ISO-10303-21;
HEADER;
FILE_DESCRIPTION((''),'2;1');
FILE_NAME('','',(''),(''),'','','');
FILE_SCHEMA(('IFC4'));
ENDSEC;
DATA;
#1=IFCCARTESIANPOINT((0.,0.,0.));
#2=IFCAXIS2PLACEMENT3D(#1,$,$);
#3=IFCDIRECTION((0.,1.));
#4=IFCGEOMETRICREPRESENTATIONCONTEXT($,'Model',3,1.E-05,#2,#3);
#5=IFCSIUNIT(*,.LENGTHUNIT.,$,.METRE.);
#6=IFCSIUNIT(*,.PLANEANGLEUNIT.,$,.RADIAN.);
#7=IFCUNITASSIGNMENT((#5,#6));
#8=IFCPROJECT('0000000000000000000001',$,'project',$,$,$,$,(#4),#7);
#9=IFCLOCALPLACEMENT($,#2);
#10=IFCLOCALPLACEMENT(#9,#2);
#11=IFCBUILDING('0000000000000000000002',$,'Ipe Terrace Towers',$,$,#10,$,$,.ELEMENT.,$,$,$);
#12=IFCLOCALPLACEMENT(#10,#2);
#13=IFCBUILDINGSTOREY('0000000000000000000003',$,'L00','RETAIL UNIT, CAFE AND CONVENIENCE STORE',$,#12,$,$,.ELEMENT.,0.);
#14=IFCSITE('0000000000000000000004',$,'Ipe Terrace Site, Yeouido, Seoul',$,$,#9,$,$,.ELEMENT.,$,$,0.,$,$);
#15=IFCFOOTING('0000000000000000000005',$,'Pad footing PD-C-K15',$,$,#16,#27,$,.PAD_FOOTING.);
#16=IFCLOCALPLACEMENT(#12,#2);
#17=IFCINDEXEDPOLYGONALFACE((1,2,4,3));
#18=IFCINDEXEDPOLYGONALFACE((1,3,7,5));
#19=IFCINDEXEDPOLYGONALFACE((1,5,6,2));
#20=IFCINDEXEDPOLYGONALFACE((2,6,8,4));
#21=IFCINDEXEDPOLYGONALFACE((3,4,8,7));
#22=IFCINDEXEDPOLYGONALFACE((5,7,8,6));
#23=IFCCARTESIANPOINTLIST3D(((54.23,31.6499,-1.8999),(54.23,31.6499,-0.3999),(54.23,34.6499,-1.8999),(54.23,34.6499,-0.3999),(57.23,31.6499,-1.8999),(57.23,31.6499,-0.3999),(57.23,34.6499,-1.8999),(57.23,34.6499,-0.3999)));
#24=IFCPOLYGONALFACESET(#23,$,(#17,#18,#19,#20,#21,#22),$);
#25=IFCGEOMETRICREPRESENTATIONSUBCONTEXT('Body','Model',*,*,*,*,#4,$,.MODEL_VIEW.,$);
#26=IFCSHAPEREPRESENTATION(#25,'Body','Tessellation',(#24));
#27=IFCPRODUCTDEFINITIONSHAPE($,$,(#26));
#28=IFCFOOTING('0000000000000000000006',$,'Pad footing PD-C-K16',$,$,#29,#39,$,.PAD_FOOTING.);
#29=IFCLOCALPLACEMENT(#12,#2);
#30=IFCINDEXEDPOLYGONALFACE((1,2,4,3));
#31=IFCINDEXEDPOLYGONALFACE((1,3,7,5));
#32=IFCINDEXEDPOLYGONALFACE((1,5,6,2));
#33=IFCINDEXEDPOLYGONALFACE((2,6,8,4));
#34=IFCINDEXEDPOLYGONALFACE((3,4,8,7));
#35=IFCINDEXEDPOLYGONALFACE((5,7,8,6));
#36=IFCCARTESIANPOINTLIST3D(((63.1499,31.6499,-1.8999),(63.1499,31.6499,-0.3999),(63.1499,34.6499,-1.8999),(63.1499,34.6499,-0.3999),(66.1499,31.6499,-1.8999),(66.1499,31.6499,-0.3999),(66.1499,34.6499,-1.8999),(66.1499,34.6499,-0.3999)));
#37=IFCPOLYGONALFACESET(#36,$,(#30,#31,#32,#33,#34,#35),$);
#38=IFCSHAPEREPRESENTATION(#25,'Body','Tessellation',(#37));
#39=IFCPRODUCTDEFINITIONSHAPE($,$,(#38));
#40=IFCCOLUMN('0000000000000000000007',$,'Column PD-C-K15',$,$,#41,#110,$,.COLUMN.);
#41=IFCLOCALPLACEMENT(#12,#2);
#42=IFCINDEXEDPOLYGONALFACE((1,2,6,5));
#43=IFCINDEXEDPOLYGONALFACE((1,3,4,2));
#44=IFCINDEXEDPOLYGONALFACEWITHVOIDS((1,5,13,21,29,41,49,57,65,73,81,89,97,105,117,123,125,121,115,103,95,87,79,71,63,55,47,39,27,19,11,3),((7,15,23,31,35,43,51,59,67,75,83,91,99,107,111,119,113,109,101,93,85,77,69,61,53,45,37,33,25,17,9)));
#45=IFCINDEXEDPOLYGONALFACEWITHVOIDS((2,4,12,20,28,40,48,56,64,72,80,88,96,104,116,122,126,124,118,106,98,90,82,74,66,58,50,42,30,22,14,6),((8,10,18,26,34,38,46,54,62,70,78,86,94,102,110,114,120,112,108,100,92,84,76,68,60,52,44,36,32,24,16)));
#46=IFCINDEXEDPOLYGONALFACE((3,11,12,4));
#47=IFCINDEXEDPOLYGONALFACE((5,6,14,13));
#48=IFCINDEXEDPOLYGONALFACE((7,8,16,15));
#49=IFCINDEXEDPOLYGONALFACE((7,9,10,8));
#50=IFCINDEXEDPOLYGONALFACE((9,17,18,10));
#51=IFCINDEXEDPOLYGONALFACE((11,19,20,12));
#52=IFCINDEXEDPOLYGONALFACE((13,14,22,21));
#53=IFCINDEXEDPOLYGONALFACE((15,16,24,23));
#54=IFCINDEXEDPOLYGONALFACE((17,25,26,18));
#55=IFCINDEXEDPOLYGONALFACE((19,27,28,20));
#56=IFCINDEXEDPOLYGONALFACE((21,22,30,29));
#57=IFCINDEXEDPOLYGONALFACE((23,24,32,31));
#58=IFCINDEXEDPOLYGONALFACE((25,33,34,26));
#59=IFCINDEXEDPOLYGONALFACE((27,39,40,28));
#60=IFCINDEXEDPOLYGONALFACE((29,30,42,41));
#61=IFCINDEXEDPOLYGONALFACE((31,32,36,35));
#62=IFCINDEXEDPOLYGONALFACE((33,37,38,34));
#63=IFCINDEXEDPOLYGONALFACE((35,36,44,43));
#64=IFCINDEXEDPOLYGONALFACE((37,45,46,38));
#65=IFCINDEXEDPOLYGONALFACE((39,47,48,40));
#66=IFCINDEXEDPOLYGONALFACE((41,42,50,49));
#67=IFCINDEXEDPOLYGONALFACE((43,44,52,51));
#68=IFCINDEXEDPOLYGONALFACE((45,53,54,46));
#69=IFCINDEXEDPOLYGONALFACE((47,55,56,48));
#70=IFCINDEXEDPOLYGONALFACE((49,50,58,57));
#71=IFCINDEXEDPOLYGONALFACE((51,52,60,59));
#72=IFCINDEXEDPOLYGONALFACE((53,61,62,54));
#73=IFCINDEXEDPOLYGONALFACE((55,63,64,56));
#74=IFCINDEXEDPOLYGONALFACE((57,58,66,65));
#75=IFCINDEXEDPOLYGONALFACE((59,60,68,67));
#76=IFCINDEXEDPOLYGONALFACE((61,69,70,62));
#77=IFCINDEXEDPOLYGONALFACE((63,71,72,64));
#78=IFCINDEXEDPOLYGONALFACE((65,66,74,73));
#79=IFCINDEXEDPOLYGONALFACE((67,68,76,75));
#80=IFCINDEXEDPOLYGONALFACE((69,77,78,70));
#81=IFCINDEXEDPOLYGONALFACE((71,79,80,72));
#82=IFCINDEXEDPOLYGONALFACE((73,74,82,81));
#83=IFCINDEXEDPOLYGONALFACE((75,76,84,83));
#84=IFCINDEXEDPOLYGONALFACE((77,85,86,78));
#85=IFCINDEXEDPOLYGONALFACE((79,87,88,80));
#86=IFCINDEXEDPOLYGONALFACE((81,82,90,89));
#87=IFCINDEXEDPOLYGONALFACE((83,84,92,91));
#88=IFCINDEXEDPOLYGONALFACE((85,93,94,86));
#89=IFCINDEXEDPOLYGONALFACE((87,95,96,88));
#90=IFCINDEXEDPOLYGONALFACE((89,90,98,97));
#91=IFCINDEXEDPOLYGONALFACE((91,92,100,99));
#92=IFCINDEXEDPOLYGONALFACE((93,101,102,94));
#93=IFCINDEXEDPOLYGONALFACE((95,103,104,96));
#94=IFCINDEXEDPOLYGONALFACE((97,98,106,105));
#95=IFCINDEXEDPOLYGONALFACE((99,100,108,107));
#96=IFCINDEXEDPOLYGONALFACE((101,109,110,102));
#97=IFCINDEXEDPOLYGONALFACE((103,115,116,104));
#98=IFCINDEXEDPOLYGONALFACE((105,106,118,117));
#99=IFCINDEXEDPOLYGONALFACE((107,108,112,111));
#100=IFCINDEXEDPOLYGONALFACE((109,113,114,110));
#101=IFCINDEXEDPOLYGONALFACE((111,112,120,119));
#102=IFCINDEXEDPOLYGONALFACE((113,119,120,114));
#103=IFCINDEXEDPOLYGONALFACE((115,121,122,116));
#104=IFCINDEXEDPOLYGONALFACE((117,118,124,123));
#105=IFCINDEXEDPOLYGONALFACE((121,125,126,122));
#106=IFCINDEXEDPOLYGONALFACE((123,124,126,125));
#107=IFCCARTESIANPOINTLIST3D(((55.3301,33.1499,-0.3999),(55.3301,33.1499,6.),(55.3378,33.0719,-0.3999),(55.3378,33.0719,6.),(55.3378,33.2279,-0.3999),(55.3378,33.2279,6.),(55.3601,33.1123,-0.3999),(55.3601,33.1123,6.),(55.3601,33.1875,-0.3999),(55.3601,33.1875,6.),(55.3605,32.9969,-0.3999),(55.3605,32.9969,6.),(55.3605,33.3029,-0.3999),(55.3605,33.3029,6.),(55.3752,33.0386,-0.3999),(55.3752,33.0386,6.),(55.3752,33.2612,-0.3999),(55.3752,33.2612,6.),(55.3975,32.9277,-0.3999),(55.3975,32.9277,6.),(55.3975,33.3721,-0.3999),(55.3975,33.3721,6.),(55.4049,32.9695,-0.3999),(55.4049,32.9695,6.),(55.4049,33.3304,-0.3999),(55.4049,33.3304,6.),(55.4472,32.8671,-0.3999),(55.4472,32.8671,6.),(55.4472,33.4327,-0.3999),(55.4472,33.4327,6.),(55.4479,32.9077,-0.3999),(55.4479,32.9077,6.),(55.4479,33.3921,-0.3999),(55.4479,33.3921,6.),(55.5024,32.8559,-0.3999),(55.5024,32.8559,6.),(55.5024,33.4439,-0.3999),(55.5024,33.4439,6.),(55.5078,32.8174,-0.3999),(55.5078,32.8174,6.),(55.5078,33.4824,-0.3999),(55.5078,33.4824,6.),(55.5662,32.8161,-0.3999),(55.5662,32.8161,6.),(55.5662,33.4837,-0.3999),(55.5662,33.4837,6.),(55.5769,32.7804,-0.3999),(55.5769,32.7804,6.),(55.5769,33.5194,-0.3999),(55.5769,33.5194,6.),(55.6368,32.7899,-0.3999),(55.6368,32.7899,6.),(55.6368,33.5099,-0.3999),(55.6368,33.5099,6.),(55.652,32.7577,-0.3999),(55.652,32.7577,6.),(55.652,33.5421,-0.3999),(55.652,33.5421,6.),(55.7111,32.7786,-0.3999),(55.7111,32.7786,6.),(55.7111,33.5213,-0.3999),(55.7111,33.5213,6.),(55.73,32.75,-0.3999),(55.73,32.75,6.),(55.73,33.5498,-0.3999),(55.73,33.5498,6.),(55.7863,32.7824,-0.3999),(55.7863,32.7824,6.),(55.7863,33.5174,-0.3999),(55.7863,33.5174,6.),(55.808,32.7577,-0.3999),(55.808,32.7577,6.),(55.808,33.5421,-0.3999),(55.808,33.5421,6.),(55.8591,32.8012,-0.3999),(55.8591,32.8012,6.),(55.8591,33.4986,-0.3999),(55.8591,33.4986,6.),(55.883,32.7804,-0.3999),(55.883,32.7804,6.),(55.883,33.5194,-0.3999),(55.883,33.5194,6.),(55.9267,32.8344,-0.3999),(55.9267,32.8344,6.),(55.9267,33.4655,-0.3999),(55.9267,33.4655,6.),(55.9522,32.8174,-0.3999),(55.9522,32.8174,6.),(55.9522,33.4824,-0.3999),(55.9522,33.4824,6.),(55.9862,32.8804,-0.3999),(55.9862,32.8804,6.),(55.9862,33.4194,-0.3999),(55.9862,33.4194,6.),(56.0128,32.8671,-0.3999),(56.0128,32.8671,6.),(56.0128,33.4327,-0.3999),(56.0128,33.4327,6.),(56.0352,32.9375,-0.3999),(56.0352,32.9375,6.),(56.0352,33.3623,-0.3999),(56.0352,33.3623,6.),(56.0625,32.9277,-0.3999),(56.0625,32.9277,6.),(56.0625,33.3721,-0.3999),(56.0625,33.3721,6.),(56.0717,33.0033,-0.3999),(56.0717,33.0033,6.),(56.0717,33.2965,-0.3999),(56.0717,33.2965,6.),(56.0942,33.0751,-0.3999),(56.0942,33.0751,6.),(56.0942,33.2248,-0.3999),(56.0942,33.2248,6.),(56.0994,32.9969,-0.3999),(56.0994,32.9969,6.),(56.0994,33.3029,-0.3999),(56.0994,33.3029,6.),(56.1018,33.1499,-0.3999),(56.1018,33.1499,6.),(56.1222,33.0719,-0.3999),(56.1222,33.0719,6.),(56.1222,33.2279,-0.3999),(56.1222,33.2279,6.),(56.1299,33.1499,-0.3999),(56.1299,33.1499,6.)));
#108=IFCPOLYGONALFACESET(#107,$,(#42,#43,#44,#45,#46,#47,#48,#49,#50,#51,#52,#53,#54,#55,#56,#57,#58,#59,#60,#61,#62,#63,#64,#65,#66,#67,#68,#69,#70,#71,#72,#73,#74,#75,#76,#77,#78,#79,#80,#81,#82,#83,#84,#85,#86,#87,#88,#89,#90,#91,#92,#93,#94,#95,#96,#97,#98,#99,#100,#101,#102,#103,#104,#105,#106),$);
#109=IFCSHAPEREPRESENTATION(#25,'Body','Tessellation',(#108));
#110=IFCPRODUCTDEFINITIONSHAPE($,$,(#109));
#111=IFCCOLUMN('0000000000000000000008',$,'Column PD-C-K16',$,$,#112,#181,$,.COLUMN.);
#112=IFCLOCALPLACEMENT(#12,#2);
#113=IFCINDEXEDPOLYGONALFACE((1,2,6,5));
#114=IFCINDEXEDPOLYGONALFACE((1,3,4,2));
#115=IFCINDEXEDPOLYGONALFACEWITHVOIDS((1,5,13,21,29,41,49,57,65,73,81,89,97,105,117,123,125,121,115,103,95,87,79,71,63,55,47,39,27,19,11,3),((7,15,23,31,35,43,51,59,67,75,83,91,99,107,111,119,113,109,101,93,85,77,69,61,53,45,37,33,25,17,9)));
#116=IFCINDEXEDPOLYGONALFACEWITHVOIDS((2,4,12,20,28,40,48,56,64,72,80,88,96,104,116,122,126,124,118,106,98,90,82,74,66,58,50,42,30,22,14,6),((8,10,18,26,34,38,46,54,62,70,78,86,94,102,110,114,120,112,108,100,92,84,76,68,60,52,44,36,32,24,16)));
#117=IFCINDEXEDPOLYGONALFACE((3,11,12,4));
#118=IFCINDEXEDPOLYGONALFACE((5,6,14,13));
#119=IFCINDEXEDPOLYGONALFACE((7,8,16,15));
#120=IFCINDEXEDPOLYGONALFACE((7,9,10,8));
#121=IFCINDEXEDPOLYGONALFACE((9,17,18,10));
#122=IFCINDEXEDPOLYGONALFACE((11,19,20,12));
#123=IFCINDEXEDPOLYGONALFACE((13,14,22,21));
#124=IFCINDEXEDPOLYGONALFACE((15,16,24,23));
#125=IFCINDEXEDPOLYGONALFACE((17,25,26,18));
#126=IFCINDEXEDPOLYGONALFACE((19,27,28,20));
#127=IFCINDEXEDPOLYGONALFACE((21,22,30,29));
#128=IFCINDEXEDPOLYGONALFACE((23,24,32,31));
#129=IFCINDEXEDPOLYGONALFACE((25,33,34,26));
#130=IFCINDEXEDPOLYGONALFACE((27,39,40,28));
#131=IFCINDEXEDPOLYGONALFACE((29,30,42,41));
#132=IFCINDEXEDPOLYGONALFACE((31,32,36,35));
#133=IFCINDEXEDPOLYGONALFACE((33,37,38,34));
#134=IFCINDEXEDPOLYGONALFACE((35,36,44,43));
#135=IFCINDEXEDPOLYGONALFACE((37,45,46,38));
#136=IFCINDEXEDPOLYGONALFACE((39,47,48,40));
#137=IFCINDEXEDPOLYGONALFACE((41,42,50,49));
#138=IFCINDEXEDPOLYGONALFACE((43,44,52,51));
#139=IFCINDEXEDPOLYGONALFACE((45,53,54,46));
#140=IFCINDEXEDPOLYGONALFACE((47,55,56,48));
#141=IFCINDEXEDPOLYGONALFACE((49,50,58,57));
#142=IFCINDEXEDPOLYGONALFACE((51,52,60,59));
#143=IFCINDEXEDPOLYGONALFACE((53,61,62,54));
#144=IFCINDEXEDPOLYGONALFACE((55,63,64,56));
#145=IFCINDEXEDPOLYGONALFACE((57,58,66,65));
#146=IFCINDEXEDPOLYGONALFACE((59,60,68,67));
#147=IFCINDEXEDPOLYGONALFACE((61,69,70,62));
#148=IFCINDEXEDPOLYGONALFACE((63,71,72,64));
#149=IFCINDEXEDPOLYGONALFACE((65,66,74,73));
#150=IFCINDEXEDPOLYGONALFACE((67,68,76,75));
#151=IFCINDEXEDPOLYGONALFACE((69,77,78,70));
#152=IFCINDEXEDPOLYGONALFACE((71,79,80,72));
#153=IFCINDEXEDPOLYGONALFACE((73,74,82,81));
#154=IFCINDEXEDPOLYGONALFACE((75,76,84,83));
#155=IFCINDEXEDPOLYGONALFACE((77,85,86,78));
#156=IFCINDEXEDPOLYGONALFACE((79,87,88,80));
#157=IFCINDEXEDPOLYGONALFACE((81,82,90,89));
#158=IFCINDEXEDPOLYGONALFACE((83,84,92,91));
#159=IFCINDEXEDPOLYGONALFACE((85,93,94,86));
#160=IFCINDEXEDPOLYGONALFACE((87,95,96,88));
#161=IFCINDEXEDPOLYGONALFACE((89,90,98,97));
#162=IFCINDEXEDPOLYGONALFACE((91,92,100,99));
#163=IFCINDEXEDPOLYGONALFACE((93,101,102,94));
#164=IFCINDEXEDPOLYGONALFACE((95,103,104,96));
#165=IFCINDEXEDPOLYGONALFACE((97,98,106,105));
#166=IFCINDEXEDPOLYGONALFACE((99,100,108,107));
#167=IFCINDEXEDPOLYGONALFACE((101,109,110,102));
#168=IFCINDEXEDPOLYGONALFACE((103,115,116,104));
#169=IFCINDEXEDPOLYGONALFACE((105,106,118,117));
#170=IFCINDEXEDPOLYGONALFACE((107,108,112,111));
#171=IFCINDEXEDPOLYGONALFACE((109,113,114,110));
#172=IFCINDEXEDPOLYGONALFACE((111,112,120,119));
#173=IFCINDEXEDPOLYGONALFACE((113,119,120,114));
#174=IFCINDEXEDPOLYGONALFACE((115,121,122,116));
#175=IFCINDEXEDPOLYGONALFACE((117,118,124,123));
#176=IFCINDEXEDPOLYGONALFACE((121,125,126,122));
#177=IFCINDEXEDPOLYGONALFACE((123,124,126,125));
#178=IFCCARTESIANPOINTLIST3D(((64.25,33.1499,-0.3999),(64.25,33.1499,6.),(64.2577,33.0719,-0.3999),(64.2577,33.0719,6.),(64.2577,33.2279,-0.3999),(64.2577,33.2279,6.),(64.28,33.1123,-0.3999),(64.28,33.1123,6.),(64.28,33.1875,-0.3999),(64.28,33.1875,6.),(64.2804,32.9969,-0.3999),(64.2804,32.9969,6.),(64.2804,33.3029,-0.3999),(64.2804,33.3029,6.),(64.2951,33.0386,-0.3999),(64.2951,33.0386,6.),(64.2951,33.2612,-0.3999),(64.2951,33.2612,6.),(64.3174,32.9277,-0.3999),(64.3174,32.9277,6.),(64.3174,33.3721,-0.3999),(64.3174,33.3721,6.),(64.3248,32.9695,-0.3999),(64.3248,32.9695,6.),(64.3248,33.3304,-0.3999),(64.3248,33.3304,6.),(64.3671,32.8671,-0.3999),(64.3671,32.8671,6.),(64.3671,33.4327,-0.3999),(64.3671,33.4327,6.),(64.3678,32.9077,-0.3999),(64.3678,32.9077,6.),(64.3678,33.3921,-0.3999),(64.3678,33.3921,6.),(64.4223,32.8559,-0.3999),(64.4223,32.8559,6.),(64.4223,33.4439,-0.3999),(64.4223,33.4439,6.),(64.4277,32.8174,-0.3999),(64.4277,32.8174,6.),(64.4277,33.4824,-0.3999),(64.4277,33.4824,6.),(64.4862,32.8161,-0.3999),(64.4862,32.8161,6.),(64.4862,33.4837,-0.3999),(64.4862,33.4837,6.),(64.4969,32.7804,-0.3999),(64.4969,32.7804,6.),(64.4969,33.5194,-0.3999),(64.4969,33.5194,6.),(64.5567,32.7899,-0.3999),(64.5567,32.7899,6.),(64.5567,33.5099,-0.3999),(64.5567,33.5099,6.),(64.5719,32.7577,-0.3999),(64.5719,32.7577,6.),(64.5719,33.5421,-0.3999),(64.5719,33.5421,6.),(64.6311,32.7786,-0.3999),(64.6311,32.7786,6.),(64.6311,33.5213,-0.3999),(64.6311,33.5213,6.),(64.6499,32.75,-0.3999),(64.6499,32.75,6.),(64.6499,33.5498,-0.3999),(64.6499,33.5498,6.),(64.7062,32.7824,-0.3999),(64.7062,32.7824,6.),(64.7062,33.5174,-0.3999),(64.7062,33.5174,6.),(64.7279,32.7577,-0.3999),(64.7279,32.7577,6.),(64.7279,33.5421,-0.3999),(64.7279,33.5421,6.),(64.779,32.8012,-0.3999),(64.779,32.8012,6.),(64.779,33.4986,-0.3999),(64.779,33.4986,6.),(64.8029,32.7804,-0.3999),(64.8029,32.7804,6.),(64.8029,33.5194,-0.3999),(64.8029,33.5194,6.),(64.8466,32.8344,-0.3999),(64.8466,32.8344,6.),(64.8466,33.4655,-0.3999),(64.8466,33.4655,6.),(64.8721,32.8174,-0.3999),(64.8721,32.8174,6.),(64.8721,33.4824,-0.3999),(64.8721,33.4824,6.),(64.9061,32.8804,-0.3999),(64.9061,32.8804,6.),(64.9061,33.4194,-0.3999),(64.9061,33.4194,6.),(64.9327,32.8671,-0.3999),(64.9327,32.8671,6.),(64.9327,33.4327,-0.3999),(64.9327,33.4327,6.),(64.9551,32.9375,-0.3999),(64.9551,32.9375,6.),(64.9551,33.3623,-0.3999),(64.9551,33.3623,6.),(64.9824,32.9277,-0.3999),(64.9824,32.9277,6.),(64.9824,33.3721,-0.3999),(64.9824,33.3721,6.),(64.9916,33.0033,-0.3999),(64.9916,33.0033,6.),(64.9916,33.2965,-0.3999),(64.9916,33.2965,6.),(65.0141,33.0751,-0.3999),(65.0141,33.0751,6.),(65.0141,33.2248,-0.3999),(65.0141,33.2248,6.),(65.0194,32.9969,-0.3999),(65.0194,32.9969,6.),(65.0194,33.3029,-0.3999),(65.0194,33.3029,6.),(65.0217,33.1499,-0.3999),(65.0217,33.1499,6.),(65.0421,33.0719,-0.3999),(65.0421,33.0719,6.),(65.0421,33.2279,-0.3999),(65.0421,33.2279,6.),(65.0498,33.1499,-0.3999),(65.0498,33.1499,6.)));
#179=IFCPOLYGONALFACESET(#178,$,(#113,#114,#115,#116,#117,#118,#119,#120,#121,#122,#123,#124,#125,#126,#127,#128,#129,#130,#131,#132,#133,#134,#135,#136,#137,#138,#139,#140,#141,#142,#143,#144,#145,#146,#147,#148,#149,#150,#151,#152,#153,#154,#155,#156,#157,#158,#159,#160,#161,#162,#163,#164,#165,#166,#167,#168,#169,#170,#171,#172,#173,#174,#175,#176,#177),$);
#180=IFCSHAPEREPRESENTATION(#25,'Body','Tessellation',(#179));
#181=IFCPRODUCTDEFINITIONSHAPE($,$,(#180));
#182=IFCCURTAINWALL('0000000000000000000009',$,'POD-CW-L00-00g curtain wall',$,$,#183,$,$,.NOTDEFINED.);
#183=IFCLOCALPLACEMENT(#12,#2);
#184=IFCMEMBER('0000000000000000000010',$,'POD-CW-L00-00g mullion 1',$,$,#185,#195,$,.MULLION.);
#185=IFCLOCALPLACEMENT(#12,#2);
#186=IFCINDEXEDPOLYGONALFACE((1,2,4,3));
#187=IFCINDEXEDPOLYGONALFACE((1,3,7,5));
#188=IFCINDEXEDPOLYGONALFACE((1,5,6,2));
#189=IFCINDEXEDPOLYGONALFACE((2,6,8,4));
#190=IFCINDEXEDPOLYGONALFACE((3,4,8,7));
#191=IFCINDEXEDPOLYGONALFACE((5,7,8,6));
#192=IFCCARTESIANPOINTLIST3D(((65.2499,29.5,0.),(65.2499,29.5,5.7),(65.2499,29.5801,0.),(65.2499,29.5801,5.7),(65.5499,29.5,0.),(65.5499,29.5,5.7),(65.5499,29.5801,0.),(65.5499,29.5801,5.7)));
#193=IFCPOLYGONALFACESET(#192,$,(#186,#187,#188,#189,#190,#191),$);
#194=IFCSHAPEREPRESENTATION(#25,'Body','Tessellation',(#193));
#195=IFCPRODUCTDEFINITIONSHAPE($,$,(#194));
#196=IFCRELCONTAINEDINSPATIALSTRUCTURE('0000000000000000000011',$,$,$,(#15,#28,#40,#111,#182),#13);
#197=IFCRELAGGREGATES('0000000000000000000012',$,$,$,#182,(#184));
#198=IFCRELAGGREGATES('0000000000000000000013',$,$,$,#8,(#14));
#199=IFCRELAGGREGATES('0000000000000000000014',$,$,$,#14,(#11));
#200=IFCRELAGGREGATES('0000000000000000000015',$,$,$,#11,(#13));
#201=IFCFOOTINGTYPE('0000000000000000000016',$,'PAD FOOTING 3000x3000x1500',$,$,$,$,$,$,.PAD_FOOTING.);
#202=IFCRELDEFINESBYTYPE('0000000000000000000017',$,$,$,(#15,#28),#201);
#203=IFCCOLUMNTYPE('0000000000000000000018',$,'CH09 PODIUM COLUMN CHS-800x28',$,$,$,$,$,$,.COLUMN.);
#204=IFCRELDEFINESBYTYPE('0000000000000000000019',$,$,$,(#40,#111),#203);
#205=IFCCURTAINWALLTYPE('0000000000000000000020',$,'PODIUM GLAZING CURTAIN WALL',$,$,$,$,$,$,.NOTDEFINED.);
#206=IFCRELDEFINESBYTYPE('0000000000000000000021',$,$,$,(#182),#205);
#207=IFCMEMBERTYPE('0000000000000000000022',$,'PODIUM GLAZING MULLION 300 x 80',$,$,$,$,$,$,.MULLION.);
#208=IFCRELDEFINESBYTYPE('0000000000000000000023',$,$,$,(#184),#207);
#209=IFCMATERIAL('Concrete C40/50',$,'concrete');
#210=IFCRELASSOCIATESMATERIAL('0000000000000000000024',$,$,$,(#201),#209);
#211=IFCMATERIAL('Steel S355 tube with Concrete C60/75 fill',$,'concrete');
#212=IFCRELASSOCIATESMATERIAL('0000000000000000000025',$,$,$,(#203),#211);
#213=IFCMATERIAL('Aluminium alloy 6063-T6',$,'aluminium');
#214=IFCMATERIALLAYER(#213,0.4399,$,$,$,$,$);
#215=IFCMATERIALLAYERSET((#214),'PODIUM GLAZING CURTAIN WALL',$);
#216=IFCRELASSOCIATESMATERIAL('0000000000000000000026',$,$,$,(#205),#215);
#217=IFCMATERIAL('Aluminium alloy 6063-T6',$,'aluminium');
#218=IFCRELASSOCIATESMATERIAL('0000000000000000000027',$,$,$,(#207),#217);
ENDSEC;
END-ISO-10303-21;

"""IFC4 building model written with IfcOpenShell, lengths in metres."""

from ifc_helpers import new_model, si_unit, direction, frame, origin, origin_2d, place, context, subcontext, project, spatial, rectangle, hollow_circle, extrude, material, layer, layer_set, material_profile, profile_set, type_object, element, aggregate, save


model = new_model("IFC4")

# Units and contexts
model_context = context("Model", 3, precision=1e-05, world=origin(), true_north=direction((0.0, 1.0)))
body_context = subcontext(model_context, "Body", "Model", "MODEL_VIEW")
ifc_project = project(units=[si_unit("LENGTHUNIT", "METRE"), si_unit("PLANEANGLEUNIT", "RADIAN")], contexts=[model_context])

# Site, building, storey
site_placement = place(None, origin())
site = spatial("IfcSite", under=ifc_project, at=site_placement, Name="Ipe Terrace Site, Yeouido, Seoul", CompositionType="ELEMENT", RefElevation=0.0)
building_placement = place(site_placement, origin())
building = spatial("IfcBuilding", under=site, at=building_placement, Name="Ipe Terrace Towers", CompositionType="ELEMENT")
storey_placement = place(building_placement, origin())
storey = spatial("IfcBuildingStorey", under=building, at=storey_placement, Name="L00", Description="RETAIL UNIT, CAFE AND CONVENIENCE STORE", CompositionType="ELEMENT", Elevation=0.0)

# Footings
ifc_material_1 = material(Name="Concrete C40/50", Category="concrete")
footing_type = type_object("IfcFootingType", Name="PAD FOOTING 3000x3000x1500", PredefinedType="PAD_FOOTING", material=ifc_material_1)
for number, where, z_axis, x_axis, name in (
    (1, (55.73, 33.1499, -1.8999), (0.0, 0.0, 1.0), (1.0, 0.0, 0.0), "Pad footing PD-C-K15"),
    (2, (64.6499, 33.1499, -1.8999), (0.0, 0.0, 1.0), (1.0, 0.0, 0.0), "Pad footing PD-C-K16"),
):
    element("IfcFooting", number, at=place(storey_placement, frame(where, z_axis=z_axis, x_axis=x_axis)), inside=storey, type_object=footing_type, Name=name, PredefinedType="PAD_FOOTING", context=body_context, shape_type="SweptSolid", body=[
        extrude(rectangle(XDim=3.0, YDim=3.0, at=origin_2d()), origin(), (0.0, 0.0, 1.0), 1.5),
    ])

# Columns
ifc_material_2 = material(Name="Steel S355 tube with Concrete C60/75 fill", Category="concrete")
ifc_material_profile_1 = material_profile(ifc_material_2, hollow_circle(Radius=0.3999, WallThickness=0.0281, at=origin_2d()), Name="CHS-800x28")
ifc_profile_set_1 = profile_set([ifc_material_profile_1], Name="Steel S355 tube with Concrete C60/75 fill")
column_type = type_object("IfcColumnType", Name="CH09 PODIUM COLUMN CHS-800x28", PredefinedType="COLUMN", material=ifc_profile_set_1)
for number, where, z_axis, x_axis, name in (
    (3, (55.73, 33.1499, -0.3999), (0.0, 0.0, 1.0), (1.0, 0.0, 0.0), "Column PD-C-K15"),
    (4, (64.6499, 33.1499, -0.3999), (0.0, 0.0, 1.0), (1.0, 0.0, 0.0), "Column PD-C-K16"),
):
    element("IfcColumn", number, at=place(storey_placement, frame(where, z_axis=z_axis, x_axis=x_axis)), inside=storey, type_object=column_type, Name=name, PredefinedType="COLUMN", context=body_context, shape_type="SweptSolid", body=[
        extrude(hollow_circle(Radius=0.3999, WallThickness=0.0281, at=origin_2d()), origin(), (0.0, 0.0, 1.0), 6.3999),
    ])

# Curtain wall, member
ifc_material_3 = material(Name="Aluminium alloy 6063-T6", Category="aluminium")
ifc_layer_1 = layer(ifc_material_3, 0.4399)
ifc_layer_set_1 = layer_set([ifc_layer_1], Name="PODIUM GLAZING CURTAIN WALL")
curtain_wall_type = type_object("IfcCurtainWallType", Name="PODIUM GLAZING CURTAIN WALL", PredefinedType="NOTDEFINED", material=ifc_layer_set_1)
curtain_wall_placement = place(storey_placement, origin())
curtain_wall = element("IfcCurtainWall", 5, at=curtain_wall_placement, inside=storey, type_object=curtain_wall_type, Name="POD-CW-L00-00g curtain wall", PredefinedType="NOTDEFINED")
ifc_material_4 = material(Name="Aluminium alloy 6063-T6", Category="aluminium")
ifc_material_profile_2 = material_profile(ifc_material_4, rectangle(XDim=0.3, YDim=0.0801, at=origin_2d()), Name="PODIUM GLAZING MULLION 300 x 80")
ifc_profile_set_2 = profile_set([ifc_material_profile_2], Name="Aluminium alloy 6063-T6")
member_type_1 = type_object("IfcMemberType", Name="PODIUM GLAZING MULLION 300 x 80", PredefinedType="MULLION", material=ifc_profile_set_2)
member_1_placement = place(storey_placement, frame((65.3999, 29.54, 0.0), z_axis=(0.0, 0.0, 1.0), x_axis=(1.0, 0.0, 0.0)))
member_1 = element("IfcMember", 6, at=member_1_placement, type_object=member_type_1, Name="POD-CW-L00-00g mullion 1", PredefinedType="MULLION", context=body_context, shape_type="SweptSolid", body=[
    extrude(rectangle(XDim=0.3, YDim=0.0801, at=origin_2d()), origin(), (0.0, 0.0, 1.0), 5.7),
])
aggregate(curtain_wall, [member_1])

save(model, "model.ifc")
